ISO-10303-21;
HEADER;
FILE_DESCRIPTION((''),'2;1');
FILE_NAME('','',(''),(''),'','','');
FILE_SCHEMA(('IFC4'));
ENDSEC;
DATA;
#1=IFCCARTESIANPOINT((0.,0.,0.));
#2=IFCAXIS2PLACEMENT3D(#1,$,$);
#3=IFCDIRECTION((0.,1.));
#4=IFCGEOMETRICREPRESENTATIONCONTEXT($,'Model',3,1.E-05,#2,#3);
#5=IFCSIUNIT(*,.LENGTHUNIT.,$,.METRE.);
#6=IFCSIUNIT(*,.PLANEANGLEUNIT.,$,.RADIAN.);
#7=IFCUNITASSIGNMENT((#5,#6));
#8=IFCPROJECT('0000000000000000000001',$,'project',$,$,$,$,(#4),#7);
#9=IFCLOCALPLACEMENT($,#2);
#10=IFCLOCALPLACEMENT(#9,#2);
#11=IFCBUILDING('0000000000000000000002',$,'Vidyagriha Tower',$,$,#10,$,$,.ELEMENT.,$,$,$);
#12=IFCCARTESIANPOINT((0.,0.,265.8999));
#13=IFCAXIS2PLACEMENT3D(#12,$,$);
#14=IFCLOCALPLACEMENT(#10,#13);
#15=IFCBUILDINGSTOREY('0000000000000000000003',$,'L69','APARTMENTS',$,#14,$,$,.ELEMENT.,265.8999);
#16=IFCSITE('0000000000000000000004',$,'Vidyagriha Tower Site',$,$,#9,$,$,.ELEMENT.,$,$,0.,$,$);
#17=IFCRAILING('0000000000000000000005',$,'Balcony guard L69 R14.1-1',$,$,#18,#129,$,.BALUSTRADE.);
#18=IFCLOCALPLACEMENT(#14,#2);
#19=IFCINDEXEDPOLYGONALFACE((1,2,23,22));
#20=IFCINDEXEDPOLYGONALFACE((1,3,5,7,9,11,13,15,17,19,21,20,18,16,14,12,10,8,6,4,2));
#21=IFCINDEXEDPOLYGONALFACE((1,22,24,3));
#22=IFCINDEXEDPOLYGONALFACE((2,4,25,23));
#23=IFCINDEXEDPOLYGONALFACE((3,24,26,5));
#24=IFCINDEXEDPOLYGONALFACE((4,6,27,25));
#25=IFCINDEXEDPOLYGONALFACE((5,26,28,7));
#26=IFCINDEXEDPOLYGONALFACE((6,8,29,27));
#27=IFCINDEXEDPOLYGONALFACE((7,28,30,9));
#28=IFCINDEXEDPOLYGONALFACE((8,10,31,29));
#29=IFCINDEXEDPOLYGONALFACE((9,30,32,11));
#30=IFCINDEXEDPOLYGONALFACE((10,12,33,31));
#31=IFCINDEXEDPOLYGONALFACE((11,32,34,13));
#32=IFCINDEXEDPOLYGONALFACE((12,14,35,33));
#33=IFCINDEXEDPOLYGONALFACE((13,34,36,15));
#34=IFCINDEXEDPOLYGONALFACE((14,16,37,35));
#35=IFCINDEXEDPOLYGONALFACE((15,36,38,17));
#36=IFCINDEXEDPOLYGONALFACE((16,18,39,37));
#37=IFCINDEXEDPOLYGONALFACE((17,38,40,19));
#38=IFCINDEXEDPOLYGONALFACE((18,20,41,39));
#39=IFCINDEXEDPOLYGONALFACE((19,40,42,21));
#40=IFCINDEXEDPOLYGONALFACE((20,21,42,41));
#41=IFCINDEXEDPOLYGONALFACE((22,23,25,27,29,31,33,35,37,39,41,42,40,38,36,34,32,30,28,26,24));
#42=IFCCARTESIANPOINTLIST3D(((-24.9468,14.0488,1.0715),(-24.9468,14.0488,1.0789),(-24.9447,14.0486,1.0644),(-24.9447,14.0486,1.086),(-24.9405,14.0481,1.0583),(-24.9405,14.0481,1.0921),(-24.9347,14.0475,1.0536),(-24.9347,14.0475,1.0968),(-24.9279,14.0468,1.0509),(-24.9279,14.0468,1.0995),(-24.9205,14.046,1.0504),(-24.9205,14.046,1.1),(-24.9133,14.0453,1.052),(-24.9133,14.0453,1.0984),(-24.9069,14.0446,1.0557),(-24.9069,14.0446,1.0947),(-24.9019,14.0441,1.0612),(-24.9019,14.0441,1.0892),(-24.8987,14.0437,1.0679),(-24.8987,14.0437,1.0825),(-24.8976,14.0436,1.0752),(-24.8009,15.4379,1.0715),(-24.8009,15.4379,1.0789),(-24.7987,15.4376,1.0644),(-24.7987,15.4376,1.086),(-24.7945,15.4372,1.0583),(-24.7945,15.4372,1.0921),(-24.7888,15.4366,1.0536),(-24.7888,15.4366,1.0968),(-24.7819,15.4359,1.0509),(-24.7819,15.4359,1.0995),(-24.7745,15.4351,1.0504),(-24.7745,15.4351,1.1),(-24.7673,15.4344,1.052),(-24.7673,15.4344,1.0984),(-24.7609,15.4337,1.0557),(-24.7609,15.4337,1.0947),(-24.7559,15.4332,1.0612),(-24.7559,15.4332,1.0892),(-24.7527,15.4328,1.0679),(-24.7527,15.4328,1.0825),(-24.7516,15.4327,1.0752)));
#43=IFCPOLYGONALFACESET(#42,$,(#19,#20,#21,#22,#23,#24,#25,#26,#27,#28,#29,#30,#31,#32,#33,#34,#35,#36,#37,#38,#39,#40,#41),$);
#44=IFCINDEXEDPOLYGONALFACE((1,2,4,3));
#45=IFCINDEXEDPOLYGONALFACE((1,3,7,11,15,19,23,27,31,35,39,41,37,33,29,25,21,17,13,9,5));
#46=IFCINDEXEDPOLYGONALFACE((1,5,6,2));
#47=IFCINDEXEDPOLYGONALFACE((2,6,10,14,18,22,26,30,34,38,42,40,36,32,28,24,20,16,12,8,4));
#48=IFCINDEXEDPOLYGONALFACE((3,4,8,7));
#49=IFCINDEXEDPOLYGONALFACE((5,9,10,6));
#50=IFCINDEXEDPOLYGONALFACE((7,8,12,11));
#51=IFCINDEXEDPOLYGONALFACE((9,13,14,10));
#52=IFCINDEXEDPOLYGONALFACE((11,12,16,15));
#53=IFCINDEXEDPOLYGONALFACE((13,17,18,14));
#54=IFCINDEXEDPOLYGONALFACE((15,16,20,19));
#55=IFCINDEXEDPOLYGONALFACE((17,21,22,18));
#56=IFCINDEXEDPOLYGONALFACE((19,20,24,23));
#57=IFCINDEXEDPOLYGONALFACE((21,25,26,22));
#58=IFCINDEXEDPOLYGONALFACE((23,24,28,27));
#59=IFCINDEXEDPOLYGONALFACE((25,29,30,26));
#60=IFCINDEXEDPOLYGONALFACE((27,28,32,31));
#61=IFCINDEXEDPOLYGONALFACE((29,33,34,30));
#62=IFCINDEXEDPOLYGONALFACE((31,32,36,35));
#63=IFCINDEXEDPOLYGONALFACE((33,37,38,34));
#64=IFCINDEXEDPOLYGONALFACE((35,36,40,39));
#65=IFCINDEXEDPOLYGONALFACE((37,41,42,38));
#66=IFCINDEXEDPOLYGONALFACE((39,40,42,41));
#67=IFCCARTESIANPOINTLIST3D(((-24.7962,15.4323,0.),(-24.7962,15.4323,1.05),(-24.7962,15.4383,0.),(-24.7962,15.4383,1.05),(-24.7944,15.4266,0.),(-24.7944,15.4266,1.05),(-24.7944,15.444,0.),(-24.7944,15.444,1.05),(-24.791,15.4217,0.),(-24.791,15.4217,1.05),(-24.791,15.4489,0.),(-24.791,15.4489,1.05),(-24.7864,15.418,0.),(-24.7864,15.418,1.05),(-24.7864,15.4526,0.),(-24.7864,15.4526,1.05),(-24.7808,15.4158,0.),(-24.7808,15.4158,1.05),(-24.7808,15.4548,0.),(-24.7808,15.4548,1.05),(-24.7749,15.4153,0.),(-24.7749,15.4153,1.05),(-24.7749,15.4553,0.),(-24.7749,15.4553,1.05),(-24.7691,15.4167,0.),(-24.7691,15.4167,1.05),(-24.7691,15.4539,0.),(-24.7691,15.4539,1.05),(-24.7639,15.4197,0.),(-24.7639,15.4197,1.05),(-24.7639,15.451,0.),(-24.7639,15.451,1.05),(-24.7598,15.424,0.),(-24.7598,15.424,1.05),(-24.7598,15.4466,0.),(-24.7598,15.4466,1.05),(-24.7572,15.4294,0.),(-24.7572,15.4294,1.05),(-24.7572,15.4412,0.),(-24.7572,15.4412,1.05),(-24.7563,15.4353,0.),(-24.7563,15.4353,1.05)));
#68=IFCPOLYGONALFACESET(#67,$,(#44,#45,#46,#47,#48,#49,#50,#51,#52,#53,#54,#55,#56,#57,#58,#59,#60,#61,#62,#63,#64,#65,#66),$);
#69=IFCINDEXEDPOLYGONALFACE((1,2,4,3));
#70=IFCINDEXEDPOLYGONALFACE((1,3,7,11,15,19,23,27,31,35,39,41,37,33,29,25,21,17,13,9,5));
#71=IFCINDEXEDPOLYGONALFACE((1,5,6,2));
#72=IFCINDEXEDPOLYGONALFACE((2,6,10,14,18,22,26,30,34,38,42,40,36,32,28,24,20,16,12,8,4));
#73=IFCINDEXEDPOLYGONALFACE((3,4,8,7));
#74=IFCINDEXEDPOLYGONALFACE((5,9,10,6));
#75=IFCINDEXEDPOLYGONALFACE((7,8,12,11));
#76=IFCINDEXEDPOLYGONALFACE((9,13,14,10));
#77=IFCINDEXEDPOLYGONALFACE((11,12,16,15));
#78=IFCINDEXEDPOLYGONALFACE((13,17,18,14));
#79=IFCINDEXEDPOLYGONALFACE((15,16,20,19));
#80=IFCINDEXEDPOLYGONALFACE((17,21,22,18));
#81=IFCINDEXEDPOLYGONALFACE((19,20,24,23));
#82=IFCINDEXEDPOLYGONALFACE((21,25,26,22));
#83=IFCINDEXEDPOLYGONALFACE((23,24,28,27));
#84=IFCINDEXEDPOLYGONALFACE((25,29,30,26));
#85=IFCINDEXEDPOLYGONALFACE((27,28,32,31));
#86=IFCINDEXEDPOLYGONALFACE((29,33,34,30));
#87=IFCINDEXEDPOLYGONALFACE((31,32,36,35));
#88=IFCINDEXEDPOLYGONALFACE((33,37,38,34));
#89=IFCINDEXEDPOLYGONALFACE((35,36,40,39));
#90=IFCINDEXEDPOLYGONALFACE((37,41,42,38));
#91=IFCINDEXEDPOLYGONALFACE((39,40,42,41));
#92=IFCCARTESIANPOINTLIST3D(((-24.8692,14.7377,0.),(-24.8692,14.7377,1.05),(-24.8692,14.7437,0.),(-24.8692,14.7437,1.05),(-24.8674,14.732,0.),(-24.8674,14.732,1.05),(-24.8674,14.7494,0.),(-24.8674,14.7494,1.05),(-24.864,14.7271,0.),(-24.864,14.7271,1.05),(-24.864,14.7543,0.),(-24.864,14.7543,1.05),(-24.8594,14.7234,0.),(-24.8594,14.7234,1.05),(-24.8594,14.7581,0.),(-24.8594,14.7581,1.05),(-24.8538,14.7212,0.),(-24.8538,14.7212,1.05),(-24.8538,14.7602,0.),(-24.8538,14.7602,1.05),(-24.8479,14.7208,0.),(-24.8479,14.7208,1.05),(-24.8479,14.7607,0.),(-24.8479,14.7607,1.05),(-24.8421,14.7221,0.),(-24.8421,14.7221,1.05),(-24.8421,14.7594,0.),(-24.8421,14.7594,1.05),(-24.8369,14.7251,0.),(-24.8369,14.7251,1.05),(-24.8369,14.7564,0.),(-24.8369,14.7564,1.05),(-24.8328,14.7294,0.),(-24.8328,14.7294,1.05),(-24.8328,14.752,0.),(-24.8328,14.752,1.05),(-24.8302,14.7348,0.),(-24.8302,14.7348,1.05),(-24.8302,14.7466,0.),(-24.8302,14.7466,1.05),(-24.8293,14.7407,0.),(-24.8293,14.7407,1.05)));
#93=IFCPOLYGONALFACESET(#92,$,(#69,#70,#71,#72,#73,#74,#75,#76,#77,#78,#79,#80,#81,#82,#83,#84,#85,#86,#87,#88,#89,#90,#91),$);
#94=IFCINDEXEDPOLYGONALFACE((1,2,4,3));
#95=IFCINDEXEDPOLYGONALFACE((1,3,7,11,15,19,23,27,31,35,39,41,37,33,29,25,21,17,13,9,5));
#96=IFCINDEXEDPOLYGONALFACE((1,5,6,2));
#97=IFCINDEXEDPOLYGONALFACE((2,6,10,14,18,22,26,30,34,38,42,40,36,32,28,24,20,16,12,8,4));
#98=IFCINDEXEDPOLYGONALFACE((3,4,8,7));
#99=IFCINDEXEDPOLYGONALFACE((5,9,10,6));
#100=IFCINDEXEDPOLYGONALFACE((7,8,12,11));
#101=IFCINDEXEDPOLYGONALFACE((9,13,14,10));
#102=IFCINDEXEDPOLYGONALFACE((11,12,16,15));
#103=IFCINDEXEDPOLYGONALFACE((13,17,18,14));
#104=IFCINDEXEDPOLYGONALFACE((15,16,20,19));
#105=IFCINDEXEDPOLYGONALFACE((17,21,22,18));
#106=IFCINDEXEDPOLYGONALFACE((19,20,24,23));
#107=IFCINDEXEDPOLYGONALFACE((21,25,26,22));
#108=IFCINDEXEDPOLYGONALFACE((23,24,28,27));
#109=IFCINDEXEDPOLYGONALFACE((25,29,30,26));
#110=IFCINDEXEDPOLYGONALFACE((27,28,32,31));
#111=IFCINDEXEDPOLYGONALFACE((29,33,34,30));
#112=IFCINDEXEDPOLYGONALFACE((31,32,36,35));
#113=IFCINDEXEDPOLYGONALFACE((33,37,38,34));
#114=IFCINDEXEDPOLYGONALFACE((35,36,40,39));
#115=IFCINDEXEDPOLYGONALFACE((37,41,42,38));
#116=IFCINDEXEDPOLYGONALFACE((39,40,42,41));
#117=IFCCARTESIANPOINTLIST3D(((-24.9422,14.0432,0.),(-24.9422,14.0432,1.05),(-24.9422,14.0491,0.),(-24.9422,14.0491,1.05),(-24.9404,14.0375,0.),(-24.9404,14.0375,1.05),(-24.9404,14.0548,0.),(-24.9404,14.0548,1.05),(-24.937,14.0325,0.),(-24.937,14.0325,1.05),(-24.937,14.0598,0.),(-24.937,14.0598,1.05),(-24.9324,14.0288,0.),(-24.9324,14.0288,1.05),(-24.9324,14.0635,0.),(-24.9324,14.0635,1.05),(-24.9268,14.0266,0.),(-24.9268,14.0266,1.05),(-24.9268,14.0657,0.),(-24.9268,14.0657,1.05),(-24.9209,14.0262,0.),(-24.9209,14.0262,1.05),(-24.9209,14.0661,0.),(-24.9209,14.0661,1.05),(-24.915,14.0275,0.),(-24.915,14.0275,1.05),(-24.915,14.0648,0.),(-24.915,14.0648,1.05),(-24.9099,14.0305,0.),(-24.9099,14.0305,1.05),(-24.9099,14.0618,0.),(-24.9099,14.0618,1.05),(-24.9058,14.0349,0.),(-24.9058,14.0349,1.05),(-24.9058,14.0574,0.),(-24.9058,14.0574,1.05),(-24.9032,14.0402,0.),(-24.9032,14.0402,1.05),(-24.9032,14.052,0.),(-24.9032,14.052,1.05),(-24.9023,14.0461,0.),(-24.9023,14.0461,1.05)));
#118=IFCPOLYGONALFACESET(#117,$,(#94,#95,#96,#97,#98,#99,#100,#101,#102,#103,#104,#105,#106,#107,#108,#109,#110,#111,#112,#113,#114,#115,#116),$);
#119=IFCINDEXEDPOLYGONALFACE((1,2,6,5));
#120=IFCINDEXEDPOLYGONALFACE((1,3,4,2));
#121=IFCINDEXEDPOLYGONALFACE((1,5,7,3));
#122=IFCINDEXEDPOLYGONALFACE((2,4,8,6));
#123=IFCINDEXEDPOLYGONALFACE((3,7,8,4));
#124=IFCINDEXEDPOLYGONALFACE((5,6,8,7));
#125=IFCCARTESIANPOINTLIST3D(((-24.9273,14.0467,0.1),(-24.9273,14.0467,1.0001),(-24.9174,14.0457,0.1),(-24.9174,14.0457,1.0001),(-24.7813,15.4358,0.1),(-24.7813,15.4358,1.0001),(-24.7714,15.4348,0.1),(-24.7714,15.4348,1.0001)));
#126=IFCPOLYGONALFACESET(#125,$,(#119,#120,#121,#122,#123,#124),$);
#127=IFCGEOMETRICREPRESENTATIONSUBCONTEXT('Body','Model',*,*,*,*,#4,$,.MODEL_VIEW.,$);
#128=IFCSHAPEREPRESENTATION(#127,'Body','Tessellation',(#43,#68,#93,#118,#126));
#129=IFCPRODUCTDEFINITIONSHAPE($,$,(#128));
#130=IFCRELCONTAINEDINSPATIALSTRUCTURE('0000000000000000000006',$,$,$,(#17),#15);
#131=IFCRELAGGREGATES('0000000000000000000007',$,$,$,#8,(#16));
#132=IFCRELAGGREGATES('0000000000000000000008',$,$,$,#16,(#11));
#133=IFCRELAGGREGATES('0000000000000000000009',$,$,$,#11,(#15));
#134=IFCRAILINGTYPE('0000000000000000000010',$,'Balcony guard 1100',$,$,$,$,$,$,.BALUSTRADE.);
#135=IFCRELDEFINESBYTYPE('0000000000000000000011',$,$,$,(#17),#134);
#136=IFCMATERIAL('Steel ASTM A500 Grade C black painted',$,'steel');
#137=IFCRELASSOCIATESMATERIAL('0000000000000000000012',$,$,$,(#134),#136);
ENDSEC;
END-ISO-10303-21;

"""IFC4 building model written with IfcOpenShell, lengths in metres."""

from ifc_helpers import new_model, si_unit, direction, frame, origin, origin_2d, place, context, subcontext, project, spatial, rectangle, circle, extrude, material, type_object, element, save


model = new_model("IFC4")

# Units and contexts
model_context = context("Model", 3, precision=1e-05, world=origin(), true_north=direction((0.0, 1.0)))
body_context = subcontext(model_context, "Body", "Model", "MODEL_VIEW")
ifc_project = project(units=[si_unit("LENGTHUNIT", "METRE"), si_unit("PLANEANGLEUNIT", "RADIAN")], contexts=[model_context])

# Site, building, storey
site_placement = place(None, origin())
site = spatial("IfcSite", under=ifc_project, at=site_placement, Name="Vidyagriha Tower Site", CompositionType="ELEMENT", RefElevation=0.0)
building_placement = place(site_placement, origin())
building = spatial("IfcBuilding", under=site, at=building_placement, Name="Vidyagriha Tower", CompositionType="ELEMENT")
storey_placement = place(building_placement, frame((0.0, 0.0, 265.8999)))
storey = spatial("IfcBuildingStorey", under=building, at=storey_placement, Name="L69", Description="APARTMENTS", CompositionType="ELEMENT", Elevation=265.8999)

# Railing
ifc_material_1 = material(Name="Steel ASTM A500 Grade C black painted", Category="steel")
railing_type_1 = type_object("IfcRailingType", Name="Balcony guard 1100", PredefinedType="BALUSTRADE", material=ifc_material_1)
railing_1_placement = place(storey_placement, frame((-24.7764, 15.4353, 0.0)))
element("IfcRailing", 1, at=railing_1_placement, inside=storey, type_object=railing_type_1, Name="Balcony guard L69 R14.1-1", PredefinedType="BALUSTRADE", context=body_context, shape_type="SweptSolid", body=[
    extrude(circle(Radius=0.0249, at=origin_2d()), frame((0.0, 0.0, 1.0752), z_axis=(-0.104521, -0.994523, 0.0), x_axis=(0.994523, -0.104521, 0.0)), (0.0, 0.0, 1.0), 1.3967),
    extrude(circle(Radius=0.02, at=origin_2d()), origin(), (0.0, 0.0, 1.0), 1.05),
    extrude(circle(Radius=0.02, at=origin_2d()), frame((-0.073, -0.6946, 0.0)), (0.0, 0.0, 1.0), 1.05),
    extrude(circle(Radius=0.02, at=origin_2d()), frame((-0.146, -1.3892, 0.0)), (0.0, 0.0, 1.0), 1.05),
    extrude(rectangle(XDim=0.01, YDim=0.9001, at=origin_2d()), frame((0.0, 0.0, 0.55), z_axis=(-0.104521, -0.994523, 0.0), x_axis=(0.994523, -0.104521, 0.0)), (0.0, 0.0, 1.0), 1.3967),
])

save(model, "model.ifc")
